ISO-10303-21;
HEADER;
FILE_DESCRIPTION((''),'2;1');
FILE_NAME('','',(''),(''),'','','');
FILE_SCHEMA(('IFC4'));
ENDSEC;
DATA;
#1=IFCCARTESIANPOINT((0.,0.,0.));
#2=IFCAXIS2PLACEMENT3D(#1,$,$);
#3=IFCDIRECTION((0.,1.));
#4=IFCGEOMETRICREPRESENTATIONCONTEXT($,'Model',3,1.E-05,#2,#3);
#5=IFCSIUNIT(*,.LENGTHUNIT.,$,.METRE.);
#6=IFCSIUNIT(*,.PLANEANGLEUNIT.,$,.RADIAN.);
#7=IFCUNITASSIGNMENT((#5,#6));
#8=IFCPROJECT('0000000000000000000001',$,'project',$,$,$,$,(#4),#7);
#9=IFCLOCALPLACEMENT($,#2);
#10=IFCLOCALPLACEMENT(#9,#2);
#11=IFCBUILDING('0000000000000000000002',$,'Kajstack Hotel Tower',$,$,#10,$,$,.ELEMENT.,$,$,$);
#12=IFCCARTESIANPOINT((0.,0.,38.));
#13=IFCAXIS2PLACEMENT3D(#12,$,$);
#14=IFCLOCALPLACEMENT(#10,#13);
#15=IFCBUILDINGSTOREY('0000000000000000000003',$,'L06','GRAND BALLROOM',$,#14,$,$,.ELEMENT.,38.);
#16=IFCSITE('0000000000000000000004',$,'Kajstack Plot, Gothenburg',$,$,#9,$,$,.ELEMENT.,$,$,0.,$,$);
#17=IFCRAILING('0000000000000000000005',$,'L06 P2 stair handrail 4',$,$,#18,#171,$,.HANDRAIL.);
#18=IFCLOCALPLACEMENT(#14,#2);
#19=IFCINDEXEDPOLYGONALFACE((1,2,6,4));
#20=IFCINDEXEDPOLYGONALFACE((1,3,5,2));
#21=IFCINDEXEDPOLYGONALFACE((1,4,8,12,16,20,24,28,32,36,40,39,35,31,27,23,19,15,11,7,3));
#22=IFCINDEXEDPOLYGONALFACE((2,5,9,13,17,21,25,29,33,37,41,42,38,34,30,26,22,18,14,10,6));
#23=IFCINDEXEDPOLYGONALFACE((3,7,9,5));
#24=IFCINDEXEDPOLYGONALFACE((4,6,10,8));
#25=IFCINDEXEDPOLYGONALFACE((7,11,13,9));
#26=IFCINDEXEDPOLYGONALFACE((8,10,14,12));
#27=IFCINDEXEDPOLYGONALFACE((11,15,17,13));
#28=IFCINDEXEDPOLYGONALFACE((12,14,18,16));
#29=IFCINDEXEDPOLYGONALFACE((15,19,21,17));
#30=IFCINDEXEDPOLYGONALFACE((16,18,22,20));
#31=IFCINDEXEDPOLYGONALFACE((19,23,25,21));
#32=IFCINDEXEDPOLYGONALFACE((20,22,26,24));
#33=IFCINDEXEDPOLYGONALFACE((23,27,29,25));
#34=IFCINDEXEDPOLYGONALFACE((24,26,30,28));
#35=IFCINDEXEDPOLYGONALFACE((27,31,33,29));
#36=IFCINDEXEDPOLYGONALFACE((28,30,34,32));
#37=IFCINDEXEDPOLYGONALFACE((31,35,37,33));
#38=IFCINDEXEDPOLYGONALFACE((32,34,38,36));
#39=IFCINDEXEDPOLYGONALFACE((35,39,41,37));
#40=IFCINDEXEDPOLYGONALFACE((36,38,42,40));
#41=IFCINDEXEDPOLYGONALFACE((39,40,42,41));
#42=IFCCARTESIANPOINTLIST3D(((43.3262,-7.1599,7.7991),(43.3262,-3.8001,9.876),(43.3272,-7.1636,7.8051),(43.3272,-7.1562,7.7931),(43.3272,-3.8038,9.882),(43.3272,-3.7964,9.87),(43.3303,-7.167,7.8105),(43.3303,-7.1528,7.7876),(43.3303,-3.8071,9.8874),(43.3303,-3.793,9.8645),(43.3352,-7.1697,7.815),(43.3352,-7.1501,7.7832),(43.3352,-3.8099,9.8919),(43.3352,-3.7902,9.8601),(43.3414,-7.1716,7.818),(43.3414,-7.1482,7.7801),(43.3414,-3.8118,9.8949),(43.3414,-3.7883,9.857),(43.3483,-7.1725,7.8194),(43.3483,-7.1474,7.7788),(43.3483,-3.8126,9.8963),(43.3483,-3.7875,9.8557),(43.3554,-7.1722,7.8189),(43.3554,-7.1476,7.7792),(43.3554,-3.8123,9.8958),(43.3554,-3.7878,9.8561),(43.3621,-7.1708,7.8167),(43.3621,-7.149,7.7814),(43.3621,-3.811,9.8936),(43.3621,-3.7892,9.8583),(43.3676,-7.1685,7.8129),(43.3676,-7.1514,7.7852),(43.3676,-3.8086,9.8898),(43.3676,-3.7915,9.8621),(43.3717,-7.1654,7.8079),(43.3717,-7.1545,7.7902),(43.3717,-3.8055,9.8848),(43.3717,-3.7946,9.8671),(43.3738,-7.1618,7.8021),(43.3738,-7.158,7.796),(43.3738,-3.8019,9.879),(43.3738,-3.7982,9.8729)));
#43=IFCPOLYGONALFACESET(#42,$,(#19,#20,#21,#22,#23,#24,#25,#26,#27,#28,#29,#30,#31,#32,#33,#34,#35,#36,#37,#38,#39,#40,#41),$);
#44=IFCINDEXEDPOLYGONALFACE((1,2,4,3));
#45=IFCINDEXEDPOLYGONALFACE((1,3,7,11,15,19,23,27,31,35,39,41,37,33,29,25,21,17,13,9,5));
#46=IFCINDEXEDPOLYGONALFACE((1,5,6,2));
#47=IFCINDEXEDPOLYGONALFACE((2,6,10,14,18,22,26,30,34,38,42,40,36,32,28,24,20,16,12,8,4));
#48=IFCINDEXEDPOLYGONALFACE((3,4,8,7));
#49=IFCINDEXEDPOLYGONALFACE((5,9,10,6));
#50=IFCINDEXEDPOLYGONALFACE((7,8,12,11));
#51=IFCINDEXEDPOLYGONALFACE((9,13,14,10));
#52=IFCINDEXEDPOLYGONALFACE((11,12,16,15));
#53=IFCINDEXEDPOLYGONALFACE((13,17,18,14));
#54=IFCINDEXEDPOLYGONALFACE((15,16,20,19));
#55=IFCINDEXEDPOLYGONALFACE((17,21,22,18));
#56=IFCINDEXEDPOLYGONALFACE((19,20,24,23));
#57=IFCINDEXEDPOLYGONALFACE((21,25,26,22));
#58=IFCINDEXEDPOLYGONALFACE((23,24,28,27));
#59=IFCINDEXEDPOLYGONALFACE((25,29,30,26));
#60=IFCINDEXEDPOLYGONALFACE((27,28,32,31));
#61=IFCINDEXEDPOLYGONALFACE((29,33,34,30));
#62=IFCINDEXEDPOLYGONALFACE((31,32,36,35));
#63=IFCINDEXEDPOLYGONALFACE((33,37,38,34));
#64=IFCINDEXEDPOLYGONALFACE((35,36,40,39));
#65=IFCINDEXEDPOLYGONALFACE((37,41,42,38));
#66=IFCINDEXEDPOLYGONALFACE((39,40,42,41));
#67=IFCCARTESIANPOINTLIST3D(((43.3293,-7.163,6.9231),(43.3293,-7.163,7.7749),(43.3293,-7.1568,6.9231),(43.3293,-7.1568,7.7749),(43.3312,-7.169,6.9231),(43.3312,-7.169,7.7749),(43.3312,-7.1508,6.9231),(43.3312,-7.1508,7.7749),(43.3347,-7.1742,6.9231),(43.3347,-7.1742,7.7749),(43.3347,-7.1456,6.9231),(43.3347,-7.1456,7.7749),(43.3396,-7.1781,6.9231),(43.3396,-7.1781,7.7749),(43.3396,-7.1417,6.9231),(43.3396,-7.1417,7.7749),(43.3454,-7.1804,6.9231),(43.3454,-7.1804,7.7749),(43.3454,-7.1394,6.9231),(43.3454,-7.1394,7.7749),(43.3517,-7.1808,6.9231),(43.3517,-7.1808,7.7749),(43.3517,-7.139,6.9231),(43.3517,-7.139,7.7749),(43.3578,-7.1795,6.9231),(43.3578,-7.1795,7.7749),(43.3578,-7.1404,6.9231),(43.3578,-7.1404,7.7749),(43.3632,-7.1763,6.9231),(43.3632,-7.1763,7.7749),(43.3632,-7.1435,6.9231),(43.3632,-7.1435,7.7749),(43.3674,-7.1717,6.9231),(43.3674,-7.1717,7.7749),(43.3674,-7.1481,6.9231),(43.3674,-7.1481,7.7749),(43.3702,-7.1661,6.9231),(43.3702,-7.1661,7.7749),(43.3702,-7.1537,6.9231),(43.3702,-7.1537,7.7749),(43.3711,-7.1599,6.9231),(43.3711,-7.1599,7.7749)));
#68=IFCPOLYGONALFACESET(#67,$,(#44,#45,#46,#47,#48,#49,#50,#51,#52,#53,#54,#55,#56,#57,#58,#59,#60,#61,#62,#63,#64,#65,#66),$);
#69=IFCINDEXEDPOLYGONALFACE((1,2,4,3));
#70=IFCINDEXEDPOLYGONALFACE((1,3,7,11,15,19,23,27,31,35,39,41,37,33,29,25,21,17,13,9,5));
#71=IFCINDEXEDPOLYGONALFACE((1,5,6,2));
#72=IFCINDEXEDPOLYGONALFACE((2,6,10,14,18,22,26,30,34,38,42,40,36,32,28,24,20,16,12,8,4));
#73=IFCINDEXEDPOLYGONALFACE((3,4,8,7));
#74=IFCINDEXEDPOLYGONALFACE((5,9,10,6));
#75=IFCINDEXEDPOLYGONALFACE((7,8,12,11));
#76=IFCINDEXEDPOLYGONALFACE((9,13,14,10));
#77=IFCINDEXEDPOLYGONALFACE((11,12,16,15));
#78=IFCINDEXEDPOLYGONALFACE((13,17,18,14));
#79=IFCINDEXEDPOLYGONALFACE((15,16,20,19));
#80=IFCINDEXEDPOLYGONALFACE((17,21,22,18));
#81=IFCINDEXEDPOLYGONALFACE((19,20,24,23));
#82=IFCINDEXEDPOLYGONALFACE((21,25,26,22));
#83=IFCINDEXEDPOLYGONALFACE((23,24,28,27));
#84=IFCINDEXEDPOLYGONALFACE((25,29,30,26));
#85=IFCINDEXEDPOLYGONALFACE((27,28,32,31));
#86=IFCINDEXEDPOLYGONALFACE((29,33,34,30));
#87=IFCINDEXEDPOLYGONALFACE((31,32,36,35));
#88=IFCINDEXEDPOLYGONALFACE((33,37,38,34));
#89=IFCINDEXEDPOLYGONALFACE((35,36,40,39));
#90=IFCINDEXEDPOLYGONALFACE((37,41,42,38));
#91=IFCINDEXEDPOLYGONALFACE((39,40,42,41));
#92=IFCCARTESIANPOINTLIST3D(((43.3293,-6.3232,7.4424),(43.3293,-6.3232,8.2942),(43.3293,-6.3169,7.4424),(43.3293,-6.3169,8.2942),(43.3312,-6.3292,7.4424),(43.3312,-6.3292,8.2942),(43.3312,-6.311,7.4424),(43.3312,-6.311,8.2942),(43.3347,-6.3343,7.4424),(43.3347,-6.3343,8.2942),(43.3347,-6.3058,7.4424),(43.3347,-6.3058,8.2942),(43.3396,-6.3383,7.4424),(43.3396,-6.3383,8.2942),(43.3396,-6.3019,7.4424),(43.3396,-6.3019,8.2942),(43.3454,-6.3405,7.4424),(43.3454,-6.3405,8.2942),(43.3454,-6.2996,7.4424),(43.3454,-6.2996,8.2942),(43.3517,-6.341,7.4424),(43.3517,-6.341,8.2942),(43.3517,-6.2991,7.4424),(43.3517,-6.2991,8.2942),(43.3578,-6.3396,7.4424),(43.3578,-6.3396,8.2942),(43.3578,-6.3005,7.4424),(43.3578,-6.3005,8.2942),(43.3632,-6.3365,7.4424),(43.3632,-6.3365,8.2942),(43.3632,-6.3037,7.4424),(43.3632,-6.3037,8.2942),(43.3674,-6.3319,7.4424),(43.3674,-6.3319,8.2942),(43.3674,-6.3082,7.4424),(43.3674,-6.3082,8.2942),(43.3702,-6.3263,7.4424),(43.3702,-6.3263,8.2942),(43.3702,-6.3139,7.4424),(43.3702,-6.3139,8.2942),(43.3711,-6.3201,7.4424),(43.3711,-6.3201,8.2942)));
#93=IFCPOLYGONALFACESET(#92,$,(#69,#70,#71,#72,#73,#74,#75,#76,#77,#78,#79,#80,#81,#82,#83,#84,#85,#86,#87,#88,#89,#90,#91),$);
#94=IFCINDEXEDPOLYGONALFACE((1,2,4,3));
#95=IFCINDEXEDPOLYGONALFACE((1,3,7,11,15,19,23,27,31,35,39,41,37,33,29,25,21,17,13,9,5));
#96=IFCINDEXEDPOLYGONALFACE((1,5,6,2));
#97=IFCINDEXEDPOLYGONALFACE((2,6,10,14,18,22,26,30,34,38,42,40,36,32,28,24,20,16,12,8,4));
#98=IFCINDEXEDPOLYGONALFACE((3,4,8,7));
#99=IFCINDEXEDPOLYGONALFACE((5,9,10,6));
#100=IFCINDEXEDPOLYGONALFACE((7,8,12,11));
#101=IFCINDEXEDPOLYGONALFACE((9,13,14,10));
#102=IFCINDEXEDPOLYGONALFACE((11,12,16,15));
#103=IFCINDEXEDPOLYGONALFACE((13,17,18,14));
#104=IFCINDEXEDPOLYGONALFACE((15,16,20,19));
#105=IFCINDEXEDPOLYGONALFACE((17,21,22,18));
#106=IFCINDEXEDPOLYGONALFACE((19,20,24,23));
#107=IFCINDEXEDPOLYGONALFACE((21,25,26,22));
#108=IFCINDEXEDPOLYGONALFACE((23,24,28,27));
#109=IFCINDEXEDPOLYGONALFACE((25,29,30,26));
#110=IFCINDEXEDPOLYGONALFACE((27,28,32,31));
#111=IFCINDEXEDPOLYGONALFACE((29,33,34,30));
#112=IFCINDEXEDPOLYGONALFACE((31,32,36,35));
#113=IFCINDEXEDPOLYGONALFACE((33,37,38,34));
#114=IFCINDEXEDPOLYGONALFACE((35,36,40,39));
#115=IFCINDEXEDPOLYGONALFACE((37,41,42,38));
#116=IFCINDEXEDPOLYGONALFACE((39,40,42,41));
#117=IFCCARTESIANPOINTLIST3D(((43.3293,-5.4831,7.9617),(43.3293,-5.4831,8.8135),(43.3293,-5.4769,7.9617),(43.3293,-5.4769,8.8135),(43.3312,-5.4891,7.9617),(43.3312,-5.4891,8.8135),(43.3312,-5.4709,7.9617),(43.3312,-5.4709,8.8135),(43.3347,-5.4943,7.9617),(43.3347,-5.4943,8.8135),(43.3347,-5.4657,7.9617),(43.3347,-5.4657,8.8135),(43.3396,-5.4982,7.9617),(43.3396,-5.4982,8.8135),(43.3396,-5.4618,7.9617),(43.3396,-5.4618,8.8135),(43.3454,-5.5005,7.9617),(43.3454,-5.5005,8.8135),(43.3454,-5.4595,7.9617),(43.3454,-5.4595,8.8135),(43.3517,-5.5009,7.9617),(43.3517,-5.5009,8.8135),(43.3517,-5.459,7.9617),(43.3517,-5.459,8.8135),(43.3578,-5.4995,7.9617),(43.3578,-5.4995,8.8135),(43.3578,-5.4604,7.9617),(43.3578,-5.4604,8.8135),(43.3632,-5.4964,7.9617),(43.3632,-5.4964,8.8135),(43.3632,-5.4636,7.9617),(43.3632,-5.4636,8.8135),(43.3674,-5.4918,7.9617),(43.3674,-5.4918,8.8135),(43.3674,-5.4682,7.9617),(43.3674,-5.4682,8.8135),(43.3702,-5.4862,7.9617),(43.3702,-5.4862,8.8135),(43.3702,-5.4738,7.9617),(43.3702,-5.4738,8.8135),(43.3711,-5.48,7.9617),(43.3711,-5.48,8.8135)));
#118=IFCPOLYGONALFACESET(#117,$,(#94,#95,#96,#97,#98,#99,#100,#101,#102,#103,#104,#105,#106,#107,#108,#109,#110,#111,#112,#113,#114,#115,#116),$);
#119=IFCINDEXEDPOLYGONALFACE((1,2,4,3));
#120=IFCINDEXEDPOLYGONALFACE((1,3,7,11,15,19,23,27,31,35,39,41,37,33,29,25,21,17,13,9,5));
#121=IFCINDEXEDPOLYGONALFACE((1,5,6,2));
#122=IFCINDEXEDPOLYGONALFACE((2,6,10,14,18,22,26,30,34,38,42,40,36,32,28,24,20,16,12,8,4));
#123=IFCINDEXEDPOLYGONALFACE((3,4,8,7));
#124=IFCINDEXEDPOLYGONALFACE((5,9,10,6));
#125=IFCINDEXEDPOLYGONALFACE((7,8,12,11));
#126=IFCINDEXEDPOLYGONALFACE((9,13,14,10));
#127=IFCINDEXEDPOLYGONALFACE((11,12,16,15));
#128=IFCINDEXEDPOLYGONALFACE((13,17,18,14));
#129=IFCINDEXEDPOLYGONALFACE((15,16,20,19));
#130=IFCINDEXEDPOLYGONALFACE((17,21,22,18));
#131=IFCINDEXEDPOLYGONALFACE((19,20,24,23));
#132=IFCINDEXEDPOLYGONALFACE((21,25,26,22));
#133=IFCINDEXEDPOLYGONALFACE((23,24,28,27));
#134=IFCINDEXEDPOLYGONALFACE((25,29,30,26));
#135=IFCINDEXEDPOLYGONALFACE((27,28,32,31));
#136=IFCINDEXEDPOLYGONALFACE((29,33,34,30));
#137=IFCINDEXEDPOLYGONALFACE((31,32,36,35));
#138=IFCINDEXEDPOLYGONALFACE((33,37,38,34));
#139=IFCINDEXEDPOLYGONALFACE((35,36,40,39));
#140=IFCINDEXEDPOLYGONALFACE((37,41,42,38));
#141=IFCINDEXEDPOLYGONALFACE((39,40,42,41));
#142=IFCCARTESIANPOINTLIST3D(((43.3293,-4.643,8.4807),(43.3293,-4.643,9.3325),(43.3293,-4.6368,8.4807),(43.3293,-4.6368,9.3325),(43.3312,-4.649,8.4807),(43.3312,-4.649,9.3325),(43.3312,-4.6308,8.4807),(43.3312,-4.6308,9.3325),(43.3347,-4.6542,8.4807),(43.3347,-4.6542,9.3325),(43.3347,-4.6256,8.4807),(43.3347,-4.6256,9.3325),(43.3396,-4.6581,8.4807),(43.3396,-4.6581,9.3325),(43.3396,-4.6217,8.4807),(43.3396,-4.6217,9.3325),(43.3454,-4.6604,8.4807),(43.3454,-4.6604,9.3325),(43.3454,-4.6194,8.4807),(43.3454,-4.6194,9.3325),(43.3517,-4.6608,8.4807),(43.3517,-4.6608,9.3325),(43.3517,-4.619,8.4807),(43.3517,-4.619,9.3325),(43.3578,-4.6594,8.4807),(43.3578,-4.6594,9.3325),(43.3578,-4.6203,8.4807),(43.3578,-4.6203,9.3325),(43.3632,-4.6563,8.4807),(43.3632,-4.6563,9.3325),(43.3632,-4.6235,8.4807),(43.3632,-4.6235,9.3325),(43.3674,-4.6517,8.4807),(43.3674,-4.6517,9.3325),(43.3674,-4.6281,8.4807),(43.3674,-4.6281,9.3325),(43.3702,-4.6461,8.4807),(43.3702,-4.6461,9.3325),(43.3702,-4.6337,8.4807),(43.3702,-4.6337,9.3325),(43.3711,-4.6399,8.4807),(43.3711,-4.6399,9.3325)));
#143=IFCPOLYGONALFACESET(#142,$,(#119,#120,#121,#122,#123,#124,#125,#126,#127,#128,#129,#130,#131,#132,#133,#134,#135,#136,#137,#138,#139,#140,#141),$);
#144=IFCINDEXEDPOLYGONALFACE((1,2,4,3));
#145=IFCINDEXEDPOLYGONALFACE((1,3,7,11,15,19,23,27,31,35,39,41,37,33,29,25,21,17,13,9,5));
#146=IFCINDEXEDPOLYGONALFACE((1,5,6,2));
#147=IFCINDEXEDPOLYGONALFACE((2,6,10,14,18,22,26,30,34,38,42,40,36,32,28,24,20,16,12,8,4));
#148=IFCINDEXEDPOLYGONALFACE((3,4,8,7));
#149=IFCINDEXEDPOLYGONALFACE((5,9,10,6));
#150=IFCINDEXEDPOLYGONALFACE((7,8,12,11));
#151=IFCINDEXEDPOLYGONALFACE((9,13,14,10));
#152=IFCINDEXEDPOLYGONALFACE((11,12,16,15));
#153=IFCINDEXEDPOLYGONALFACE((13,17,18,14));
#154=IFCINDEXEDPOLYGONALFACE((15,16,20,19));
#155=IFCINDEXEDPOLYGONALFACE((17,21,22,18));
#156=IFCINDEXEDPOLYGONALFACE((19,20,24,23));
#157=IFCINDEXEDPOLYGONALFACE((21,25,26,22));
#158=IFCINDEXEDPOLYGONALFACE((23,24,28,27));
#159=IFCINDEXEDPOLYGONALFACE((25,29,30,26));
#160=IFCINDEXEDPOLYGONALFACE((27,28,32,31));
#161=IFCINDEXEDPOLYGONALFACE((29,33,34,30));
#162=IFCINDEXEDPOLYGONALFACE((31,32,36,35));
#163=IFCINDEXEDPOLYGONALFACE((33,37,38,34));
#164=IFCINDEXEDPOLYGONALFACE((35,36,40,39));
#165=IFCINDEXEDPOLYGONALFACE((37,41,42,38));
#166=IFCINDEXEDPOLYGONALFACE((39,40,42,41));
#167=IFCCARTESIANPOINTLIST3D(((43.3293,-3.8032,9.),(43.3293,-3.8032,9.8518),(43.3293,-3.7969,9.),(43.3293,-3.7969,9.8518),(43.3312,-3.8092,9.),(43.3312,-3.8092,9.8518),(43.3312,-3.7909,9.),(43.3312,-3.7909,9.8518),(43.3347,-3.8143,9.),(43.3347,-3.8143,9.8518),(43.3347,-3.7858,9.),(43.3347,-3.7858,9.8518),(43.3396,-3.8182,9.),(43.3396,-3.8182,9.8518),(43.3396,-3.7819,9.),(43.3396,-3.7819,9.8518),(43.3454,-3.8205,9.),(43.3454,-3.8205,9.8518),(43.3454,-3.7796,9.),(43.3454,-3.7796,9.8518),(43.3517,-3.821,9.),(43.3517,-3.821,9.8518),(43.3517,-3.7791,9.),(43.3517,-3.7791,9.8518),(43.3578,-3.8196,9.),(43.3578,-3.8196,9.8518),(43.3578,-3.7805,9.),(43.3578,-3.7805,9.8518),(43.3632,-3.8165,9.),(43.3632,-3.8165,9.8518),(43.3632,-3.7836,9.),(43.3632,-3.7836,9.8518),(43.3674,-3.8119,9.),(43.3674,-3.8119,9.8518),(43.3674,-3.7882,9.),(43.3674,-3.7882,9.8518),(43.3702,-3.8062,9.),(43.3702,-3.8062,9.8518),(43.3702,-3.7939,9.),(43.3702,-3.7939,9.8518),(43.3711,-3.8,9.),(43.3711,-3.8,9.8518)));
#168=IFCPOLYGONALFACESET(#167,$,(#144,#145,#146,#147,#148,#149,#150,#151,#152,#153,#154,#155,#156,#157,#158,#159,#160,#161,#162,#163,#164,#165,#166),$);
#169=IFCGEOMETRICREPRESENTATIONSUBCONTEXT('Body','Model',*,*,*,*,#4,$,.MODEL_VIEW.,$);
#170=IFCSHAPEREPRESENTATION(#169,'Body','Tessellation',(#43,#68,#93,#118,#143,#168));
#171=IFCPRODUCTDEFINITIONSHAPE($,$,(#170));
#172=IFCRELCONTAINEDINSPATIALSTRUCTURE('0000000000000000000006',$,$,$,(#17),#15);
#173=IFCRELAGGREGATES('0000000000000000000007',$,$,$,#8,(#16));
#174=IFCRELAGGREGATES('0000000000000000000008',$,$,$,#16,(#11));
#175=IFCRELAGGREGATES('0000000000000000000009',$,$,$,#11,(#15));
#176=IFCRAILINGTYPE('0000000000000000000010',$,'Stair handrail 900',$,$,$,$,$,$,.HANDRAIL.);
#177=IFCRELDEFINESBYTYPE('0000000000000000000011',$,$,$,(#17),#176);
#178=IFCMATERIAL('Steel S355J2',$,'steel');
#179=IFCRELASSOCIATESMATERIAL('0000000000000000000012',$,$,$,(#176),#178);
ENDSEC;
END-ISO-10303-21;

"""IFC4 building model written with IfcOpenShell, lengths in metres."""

from ifc_helpers import new_model, si_unit, direction, frame, origin, origin_2d, place, context, subcontext, project, spatial, circle, extrude, material, type_object, element, save


model = new_model("IFC4")

# Units and contexts
model_context = context("Model", 3, precision=1e-05, world=origin(), true_north=direction((0.0, 1.0)))
body_context = subcontext(model_context, "Body", "Model", "MODEL_VIEW")
ifc_project = project(units=[si_unit("LENGTHUNIT", "METRE"), si_unit("PLANEANGLEUNIT", "RADIAN")], contexts=[model_context])

# Site, building, storey
site_placement = place(None, origin())
site = spatial("IfcSite", under=ifc_project, at=site_placement, Name="Kajstack Plot, Gothenburg", CompositionType="ELEMENT", RefElevation=0.0)
building_placement = place(site_placement, origin())
building = spatial("IfcBuilding", under=site, at=building_placement, Name="Kajstack Hotel Tower", CompositionType="ELEMENT")
storey_placement = place(building_placement, frame((0.0, 0.0, 38.0)))
storey = spatial("IfcBuildingStorey", under=building, at=storey_placement, Name="L06", Description="GRAND BALLROOM", CompositionType="ELEMENT", Elevation=38.0)

# Railing
ifc_material_1 = material(Name="Steel S355J2", Category="steel")
railing_type_1 = type_object("IfcRailingType", Name="Stair handrail 900", PredefinedType="HANDRAIL", material=ifc_material_1)
railing_1_placement = place(storey_placement, frame((43.3501, -7.1599, 6.9231)))
element("IfcRailing", 1, at=railing_1_placement, inside=storey, type_object=railing_type_1, Name="L06 P2 stair handrail 4", PredefinedType="HANDRAIL", context=body_context, shape_type="SweptSolid", body=[
    extrude(circle(Radius=0.0239, at=origin_2d()), frame((0.0, 0.0, 0.876), z_axis=(0.0, 0.850606, 0.525803), x_axis=(-1.0, 0.0, 0.0)), (0.0, 0.0, 1.0), 3.95),
    extrude(circle(Radius=0.021, at=origin_2d()), origin(), (0.0, 0.0, 1.0), 0.8518),
    extrude(circle(Radius=0.021, at=origin_2d()), frame((0.0, 0.8398, 0.5193)), (0.0, 0.0, 1.0), 0.8518),
    extrude(circle(Radius=0.021, at=origin_2d()), frame((0.0, 1.6799, 1.0386)), (0.0, 0.0, 1.0), 0.8518),
    extrude(circle(Radius=0.021, at=origin_2d()), frame((0.0, 2.52, 1.5576)), (0.0, 0.0, 1.0), 0.8518),
    extrude(circle(Radius=0.021, at=origin_2d()), frame((0.0, 3.3599, 2.0769)), (0.0, 0.0, 1.0), 0.8518),
])

save(model, "model.ifc")
